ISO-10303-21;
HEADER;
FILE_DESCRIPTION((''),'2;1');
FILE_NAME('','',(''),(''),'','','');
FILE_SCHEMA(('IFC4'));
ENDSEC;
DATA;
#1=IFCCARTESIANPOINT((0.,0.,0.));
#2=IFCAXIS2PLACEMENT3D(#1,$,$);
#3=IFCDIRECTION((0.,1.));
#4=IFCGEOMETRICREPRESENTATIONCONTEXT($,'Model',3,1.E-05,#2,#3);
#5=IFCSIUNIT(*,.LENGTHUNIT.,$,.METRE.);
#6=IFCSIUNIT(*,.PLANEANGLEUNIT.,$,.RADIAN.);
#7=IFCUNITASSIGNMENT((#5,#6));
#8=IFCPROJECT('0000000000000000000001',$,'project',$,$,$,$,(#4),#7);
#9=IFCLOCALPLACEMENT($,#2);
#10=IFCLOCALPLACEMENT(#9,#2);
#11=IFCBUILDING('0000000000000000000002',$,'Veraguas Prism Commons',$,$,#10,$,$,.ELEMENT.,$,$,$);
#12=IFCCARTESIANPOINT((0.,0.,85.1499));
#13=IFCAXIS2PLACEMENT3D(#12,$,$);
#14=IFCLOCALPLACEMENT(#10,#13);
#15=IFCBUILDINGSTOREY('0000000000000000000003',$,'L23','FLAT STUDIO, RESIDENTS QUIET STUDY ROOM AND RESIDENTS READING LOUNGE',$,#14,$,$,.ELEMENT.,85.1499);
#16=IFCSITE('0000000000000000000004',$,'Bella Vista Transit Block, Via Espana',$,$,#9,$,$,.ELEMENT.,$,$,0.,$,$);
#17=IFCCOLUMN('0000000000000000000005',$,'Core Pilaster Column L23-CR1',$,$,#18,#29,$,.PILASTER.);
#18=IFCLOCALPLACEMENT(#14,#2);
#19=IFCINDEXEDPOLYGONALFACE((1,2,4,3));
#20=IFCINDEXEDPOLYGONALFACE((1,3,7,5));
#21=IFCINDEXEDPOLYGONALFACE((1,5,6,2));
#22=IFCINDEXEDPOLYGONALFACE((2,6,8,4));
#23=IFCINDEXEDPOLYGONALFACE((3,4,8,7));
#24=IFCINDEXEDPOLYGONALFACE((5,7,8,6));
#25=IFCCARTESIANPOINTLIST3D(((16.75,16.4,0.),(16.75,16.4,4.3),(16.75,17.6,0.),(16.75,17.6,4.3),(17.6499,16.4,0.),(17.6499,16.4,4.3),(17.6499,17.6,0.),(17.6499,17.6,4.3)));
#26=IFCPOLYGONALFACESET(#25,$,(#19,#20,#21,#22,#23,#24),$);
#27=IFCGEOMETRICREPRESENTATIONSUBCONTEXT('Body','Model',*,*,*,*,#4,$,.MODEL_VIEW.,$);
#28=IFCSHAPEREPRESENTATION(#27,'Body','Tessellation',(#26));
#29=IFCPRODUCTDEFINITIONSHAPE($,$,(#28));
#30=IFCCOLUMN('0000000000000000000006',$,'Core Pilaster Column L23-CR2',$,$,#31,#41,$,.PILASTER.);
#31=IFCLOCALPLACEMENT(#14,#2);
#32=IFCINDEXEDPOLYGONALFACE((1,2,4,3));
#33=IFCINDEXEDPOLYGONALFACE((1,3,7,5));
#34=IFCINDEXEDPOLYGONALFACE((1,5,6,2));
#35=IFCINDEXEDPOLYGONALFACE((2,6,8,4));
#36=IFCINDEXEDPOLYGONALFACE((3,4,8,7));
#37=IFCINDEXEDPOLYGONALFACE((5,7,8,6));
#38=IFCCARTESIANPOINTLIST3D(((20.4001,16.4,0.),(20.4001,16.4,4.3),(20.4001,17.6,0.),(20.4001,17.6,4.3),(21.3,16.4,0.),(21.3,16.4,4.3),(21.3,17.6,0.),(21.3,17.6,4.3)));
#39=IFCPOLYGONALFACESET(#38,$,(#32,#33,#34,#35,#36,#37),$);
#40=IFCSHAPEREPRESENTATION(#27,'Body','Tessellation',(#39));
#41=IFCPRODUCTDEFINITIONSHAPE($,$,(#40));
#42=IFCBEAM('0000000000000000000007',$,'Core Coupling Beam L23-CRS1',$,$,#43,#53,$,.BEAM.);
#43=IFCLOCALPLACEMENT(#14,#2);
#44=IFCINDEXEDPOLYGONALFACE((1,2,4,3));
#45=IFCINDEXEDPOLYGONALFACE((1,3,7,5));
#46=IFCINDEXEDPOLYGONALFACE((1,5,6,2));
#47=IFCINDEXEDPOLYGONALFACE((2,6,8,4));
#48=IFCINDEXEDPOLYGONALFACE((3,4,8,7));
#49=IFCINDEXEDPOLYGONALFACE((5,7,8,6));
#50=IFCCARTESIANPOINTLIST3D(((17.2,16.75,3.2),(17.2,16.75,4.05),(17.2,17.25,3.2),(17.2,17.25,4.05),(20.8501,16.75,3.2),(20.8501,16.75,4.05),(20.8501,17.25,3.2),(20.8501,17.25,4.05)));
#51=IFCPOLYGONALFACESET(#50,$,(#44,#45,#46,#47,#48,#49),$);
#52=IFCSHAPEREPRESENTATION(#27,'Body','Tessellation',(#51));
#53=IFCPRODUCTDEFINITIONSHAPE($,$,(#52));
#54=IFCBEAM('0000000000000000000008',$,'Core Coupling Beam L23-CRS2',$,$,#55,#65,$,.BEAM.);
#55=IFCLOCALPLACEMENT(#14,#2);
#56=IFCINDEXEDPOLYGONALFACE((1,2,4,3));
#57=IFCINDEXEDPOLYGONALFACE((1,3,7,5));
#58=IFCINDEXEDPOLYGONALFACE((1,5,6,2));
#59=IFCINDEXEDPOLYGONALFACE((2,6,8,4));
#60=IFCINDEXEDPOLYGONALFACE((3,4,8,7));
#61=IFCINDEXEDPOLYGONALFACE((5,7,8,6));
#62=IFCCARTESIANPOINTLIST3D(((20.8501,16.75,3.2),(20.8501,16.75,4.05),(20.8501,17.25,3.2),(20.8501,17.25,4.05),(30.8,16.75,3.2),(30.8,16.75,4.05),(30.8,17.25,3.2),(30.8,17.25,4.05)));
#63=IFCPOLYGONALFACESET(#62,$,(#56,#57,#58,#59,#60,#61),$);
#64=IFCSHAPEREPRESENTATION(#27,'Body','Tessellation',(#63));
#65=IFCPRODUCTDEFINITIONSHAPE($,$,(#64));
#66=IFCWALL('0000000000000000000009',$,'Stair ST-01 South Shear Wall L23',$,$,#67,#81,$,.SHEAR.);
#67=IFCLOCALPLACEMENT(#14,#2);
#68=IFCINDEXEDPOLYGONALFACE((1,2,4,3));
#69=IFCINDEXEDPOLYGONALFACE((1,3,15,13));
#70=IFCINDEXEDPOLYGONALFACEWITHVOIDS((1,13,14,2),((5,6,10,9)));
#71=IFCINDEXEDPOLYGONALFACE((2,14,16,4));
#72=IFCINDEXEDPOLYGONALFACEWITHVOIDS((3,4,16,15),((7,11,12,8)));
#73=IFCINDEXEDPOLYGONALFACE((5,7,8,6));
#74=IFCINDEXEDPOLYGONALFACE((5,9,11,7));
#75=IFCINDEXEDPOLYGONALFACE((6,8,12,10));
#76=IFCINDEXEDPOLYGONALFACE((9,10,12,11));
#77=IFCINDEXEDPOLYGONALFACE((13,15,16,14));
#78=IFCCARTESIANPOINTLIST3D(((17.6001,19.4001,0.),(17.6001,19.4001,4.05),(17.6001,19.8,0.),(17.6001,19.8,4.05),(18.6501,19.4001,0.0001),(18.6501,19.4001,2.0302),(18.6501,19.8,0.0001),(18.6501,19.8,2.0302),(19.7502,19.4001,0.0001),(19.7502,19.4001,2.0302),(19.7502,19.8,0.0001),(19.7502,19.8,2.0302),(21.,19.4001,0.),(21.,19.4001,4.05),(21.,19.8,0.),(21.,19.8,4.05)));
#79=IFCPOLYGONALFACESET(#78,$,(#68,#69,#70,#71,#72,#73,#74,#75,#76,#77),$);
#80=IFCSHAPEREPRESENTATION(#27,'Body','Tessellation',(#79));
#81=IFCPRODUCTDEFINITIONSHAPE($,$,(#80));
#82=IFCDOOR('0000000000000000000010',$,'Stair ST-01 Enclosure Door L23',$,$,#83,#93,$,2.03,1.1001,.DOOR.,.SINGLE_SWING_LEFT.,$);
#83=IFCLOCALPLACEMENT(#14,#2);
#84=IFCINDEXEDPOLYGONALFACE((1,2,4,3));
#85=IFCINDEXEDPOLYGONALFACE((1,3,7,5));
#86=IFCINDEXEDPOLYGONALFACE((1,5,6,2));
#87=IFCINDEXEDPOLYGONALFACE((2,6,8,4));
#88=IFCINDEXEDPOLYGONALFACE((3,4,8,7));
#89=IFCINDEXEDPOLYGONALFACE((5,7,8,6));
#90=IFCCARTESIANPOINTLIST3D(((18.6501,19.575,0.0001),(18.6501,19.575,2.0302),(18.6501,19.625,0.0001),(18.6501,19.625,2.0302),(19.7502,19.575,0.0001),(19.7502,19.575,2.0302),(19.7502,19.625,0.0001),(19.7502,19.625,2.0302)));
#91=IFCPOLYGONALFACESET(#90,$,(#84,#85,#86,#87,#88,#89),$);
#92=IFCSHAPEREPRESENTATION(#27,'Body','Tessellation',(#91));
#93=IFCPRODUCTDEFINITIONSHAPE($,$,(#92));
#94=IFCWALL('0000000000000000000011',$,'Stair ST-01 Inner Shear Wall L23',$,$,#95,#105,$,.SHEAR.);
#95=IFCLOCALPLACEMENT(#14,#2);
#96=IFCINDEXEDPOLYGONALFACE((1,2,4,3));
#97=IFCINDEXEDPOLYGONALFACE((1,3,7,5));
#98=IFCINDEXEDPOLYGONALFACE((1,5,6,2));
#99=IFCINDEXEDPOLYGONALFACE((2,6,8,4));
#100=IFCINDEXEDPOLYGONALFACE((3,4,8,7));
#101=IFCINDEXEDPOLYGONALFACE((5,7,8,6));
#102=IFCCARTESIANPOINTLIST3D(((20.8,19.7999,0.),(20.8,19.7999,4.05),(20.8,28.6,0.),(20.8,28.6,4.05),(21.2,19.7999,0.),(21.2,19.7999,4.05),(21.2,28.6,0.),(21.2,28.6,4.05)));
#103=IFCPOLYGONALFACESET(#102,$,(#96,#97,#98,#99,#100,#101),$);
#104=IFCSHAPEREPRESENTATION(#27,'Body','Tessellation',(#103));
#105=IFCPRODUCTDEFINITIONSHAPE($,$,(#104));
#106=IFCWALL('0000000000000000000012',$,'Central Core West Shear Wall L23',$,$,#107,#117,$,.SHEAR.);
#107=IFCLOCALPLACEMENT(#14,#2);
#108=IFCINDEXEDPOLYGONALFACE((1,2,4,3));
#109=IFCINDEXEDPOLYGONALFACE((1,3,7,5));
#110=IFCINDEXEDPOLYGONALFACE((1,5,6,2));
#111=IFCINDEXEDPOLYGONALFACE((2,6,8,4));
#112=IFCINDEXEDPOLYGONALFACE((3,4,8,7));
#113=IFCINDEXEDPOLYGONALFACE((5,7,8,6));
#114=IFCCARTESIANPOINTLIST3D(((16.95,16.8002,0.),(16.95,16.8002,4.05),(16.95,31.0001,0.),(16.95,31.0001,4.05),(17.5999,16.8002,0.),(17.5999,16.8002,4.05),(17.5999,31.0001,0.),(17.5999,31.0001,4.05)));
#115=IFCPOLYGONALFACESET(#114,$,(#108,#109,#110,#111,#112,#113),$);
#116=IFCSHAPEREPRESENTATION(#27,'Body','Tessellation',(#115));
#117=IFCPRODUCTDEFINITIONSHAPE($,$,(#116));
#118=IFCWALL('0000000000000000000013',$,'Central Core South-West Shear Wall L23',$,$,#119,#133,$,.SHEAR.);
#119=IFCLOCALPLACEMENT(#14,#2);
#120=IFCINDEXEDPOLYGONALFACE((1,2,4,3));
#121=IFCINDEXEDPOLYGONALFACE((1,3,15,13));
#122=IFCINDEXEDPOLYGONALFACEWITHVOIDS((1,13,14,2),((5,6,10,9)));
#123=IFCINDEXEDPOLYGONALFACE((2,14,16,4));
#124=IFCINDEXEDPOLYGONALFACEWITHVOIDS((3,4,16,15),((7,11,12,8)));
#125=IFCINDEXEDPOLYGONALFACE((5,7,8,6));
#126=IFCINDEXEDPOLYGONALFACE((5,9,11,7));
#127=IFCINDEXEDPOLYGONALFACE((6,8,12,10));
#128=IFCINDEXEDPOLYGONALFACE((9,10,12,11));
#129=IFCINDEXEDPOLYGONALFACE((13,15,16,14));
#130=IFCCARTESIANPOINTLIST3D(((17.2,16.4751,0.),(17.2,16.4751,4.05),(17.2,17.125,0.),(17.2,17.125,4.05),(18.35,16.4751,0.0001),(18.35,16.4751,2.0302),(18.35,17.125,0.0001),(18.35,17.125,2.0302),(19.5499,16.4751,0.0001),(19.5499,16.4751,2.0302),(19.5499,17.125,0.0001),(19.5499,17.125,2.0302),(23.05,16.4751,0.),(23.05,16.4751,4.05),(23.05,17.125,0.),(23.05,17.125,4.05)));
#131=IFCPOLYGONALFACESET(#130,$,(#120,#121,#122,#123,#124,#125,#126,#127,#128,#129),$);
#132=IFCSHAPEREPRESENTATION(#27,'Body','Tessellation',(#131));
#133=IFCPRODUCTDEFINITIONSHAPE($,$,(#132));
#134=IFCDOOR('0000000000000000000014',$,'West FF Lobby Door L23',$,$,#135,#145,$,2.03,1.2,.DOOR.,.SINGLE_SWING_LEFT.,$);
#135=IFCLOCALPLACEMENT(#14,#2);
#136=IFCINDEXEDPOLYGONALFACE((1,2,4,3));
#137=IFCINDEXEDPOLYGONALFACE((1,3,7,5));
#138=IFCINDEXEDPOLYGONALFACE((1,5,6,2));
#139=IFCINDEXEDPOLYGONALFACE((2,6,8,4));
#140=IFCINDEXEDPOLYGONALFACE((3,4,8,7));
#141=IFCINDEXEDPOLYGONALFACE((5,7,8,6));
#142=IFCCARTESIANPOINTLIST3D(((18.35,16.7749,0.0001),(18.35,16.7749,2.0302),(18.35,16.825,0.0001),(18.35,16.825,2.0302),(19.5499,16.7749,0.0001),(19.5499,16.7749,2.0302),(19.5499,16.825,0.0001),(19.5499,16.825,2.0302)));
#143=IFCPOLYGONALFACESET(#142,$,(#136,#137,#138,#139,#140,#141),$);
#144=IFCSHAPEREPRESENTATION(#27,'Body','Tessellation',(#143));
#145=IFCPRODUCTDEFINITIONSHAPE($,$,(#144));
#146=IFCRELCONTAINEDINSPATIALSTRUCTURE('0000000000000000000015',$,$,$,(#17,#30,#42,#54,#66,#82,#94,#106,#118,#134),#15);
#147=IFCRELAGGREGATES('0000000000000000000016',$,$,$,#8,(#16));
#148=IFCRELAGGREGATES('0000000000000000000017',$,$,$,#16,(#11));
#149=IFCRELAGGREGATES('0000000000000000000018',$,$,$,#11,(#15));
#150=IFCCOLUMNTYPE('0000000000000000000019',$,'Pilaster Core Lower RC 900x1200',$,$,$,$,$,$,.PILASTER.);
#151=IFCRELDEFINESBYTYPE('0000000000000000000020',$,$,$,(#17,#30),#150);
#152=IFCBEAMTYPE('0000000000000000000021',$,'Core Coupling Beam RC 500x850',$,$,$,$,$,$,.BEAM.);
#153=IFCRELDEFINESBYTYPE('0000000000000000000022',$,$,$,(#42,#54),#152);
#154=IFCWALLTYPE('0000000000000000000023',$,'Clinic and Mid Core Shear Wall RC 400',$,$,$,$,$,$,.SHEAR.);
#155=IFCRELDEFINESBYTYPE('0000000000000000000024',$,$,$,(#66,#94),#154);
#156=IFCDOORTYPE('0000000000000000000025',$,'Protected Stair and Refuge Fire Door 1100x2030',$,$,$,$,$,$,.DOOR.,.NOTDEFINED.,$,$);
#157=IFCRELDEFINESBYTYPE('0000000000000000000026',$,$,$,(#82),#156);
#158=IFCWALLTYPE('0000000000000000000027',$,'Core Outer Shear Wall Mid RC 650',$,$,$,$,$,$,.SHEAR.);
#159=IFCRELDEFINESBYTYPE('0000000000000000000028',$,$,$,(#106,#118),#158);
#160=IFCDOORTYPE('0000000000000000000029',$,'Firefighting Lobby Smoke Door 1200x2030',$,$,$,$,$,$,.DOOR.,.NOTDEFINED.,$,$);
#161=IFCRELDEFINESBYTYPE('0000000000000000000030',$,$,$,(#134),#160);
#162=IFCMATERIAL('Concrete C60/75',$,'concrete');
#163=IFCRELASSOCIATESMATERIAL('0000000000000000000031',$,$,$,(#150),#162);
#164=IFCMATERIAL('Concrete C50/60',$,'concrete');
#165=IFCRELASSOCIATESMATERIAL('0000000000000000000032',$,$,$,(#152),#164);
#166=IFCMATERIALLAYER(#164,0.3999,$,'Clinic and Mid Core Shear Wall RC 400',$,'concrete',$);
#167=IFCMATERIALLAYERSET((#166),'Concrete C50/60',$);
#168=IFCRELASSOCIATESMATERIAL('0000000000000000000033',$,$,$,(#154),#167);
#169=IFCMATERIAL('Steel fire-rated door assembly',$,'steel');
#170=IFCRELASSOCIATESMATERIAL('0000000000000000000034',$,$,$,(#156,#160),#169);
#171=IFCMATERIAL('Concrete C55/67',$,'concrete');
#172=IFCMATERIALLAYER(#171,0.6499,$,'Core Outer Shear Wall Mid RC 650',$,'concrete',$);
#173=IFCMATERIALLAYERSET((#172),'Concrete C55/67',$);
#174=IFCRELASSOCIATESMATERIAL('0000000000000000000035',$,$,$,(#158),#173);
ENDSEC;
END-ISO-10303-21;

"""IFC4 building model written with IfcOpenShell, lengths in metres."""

from ifc_helpers import new_model, si_unit, direction, frame, frame_2d, origin, origin_2d, place, context, subcontext, project, spatial, rectangle, extrude, source, transform, mapped, material, layer, layer_set, material_profile, profile_set, type_object, element, fill, save


model = new_model("IFC4")

# Units and contexts
model_context = context("Model", 3, precision=1e-05, world=origin(), true_north=direction((0.0, 1.0)))
body_context = subcontext(model_context, "Body", "Model", "MODEL_VIEW")
ifc_project = project(units=[si_unit("LENGTHUNIT", "METRE"), si_unit("PLANEANGLEUNIT", "RADIAN")], contexts=[model_context])

# Site, building, storey
site_placement = place(None, origin())
site = spatial("IfcSite", under=ifc_project, at=site_placement, Name="Bella Vista Transit Block, Via Espana", CompositionType="ELEMENT", RefElevation=0.0)
building_placement = place(site_placement, origin())
building = spatial("IfcBuilding", under=site, at=building_placement, Name="Veraguas Prism Commons", CompositionType="ELEMENT")
storey_placement = place(building_placement, frame((0.0, 0.0, 85.1499)))
storey = spatial("IfcBuildingStorey", under=building, at=storey_placement, Name="L23", Description="FLAT STUDIO, RESIDENTS QUIET STUDY ROOM AND RESIDENTS READING LOUNGE", CompositionType="ELEMENT", Elevation=85.1499)

# Columns
ifc_material_1 = material(Name="Concrete C60/75", Category="concrete")
ifc_material_profile_1 = material_profile(ifc_material_1, rectangle(XDim=0.8999, YDim=1.2, at=origin_2d()), Name="RC900X1200")
ifc_profile_set_1 = profile_set([ifc_material_profile_1], Name="Concrete C60/75")
column_type = type_object("IfcColumnType", Name="Pilaster Core Lower RC 900x1200", PredefinedType="PILASTER", material=ifc_profile_set_1)
for number, where, z_axis, x_axis, name in (
    (1, (17.2, 17.0, 0.0), (0.0, 0.0, 1.0), (1.0, 0.0, 0.0), "Core Pilaster Column L23-CR1"),
    (2, (20.8501, 17.0, 0.0), (0.0, 0.0, 1.0), (1.0, 0.0, 0.0), "Core Pilaster Column L23-CR2"),
):
    element("IfcColumn", number, at=place(storey_placement, frame(where, z_axis=z_axis, x_axis=x_axis)), inside=storey, type_object=column_type, Name=name, PredefinedType="PILASTER", context=body_context, shape_type="SweptSolid", body=[
        extrude(rectangle(XDim=0.8999, YDim=1.2, at=origin_2d()), origin(), (0.0, 0.0, 1.0), 4.3),
    ])

# Beams
ifc_material_2 = material(Name="Concrete C50/60", Category="concrete")
ifc_material_profile_2 = material_profile(ifc_material_2, rectangle(XDim=0.5, YDim=0.8501, at=origin_2d()), Name="RC500X850")
ifc_profile_set_2 = profile_set([ifc_material_profile_2], Name="Concrete C50/60")
beam_type = type_object("IfcBeamType", Name="Core Coupling Beam RC 500x850", PredefinedType="BEAM", material=ifc_profile_set_2)
beam_1_placement = place(storey_placement, frame((17.2, 17.0, 3.625), z_axis=(1.0, 0.0, 0.0), x_axis=(0.0, 1.0, 0.0)))
element("IfcBeam", 3, at=beam_1_placement, inside=storey, type_object=beam_type, Name="Core Coupling Beam L23-CRS1", PredefinedType="BEAM", context=body_context, shape_type="SweptSolid", body=[
    extrude(rectangle(XDim=0.5, YDim=0.8501, at=origin_2d()), origin(), (0.0, 0.0, 1.0), 3.6501),
])
beam_2_placement = place(storey_placement, frame((20.8501, 17.0, 3.625), z_axis=(1.0, 0.0, 0.0), x_axis=(0.0, 1.0, 0.0)))
element("IfcBeam", 4, at=beam_2_placement, inside=storey, type_object=beam_type, Name="Core Coupling Beam L23-CRS2", PredefinedType="BEAM", context=body_context, shape_type="SweptSolid", body=[
    extrude(rectangle(XDim=0.5, YDim=0.8501, at=origin_2d()), origin(), (0.0, 0.0, 1.0), 9.95),
])

# Wall, opening, door
ifc_layer_1 = layer(ifc_material_2, 0.3999, Name="Clinic and Mid Core Shear Wall RC 400", Category="concrete")
ifc_layer_set_1 = layer_set([ifc_layer_1], Name="Concrete C50/60")
wall_type_1 = type_object("IfcWallType", Name="Clinic and Mid Core Shear Wall RC 400", PredefinedType="SHEAR", material=ifc_layer_set_1)
wall_1_placement = place(storey_placement, frame((17.6001, 19.6001, 0.0), z_axis=(0.0, 0.0, 1.0), x_axis=(1.0, 0.0, 0.0)))
wall_1 = element("IfcWall", 5, at=wall_1_placement, inside=storey, type_object=wall_type_1, Name="Stair ST-01 South Shear Wall L23", PredefinedType="SHEAR", context=body_context, shape_type="SweptSolid", body=[
    extrude(rectangle(XDim=3.3999, YDim=0.3999, at=frame_2d((1.7, 0.0))), origin(), (0.0, 0.0, 1.0), 4.05),
])
opening_1_placement = place(wall_1_placement, frame((1.05, 0.0, 0.0)))
opening_1 = element("IfcOpeningElement", 6, at=opening_1_placement, cuts=wall_1, PredefinedType="OPENING", context=body_context, shape_type="SweptSolid", body=[
    extrude(rectangle(XDim=1.1001, YDim=2.03, at=frame_2d((0.55, 1.0151))), frame((0.0, 0.21, 0.0), z_axis=(0.0, -1.0, 0.0), x_axis=(1.0, 0.0, 0.0)), (0.0, 0.0, 1.0), 0.4199),
])
ifc_material_3 = material(Name="Steel fire-rated door assembly", Category="steel")
door_type_1 = type_object("IfcDoorType", Name="Protected Stair and Refuge Fire Door 1100x2030", OperationType="NOTDEFINED", PredefinedType="DOOR", material=ifc_material_3)
shared_shape_1 = source(origin(), body_context, "Body", "SweptSolid", [
    extrude(rectangle(XDim=1.1001, YDim=2.03, at=frame_2d((0.55, 1.0151))), frame((0.0, 0.0249, 0.0), z_axis=(0.0, -1.0, 0.0), x_axis=(1.0, 0.0, 0.0)), (0.0, 0.0, 1.0), 0.05),
])
door_1_placement = place(opening_1_placement, origin())
door_1 = element("IfcDoor", 7, at=door_1_placement, inside=storey, type_object=door_type_1, Name="Stair ST-01 Enclosure Door L23", OperationType="SINGLE_SWING_LEFT", OverallHeight=2.03, OverallWidth=1.1001, PredefinedType="DOOR", context=body_context, shape_type="MappedRepresentation", body=[
    mapped(shared_shape_1, transform((0.0, 0.0, 0.0), scale=1.0)),
])
fill(opening_1, door_1)

# Walls
wall_2_placement = place(storey_placement, frame((21.0, 19.8, 0.0), z_axis=(0.0, 0.0, 1.0), x_axis=(0.0, 1.0, 0.0)))
element("IfcWall", 8, at=wall_2_placement, inside=storey, type_object=wall_type_1, Name="Stair ST-01 Inner Shear Wall L23", PredefinedType="SHEAR", context=body_context, shape_type="SweptSolid", body=[
    extrude(rectangle(XDim=8.8, YDim=0.3999, at=frame_2d((4.3999, 0.0))), origin(), (0.0, 0.0, 1.0), 4.05),
])
ifc_material_4 = material(Name="Concrete C55/67", Category="concrete")
ifc_layer_2 = layer(ifc_material_4, 0.6499, Name="Core Outer Shear Wall Mid RC 650", Category="concrete")
ifc_layer_set_2 = layer_set([ifc_layer_2], Name="Concrete C55/67")
wall_type_2 = type_object("IfcWallType", Name="Core Outer Shear Wall Mid RC 650", PredefinedType="SHEAR", material=ifc_layer_set_2)
wall_3_placement = place(storey_placement, frame((17.2749, 16.8, 0.0), z_axis=(0.0, 0.0, 1.0), x_axis=(0.0, 1.0, 0.0)))
element("IfcWall", 9, at=wall_3_placement, inside=storey, type_object=wall_type_2, Name="Central Core West Shear Wall L23", PredefinedType="SHEAR", context=body_context, shape_type="SweptSolid", body=[
    extrude(rectangle(XDim=14.2, YDim=0.6499, at=frame_2d((7.1001, 0.0))), origin(), (0.0, 0.0, 1.0), 4.05),
])

# Wall, opening, door
wall_4_placement = place(storey_placement, frame((17.2, 16.8, 0.0), z_axis=(0.0, 0.0, 1.0), x_axis=(1.0, 0.0, 0.0)))
wall_4 = element("IfcWall", 10, at=wall_4_placement, inside=storey, type_object=wall_type_2, Name="Central Core South-West Shear Wall L23", PredefinedType="SHEAR", context=body_context, shape_type="SweptSolid", body=[
    extrude(rectangle(XDim=5.8501, YDim=0.6499, at=frame_2d((2.925, 0.0))), origin(), (0.0, 0.0, 1.0), 4.05),
])
opening_2_placement = place(wall_4_placement, frame((1.1499, 0.0, 0.0)))
opening_2 = element("IfcOpeningElement", 11, at=opening_2_placement, cuts=wall_4, PredefinedType="OPENING", context=body_context, shape_type="SweptSolid", body=[
    extrude(rectangle(XDim=1.2, YDim=2.03, at=frame_2d((0.6001, 1.0151))), frame((0.0, 0.335, 0.0), z_axis=(0.0, -1.0, 0.0), x_axis=(1.0, 0.0, 0.0)), (0.0, 0.0, 1.0), 0.6699),
])
door_type_2 = type_object("IfcDoorType", Name="Firefighting Lobby Smoke Door 1200x2030", OperationType="NOTDEFINED", PredefinedType="DOOR", material=ifc_material_3)
shared_shape_2 = source(origin(), body_context, "Body", "SweptSolid", [
    extrude(rectangle(XDim=1.2, YDim=2.03, at=frame_2d((0.6001, 1.0151))), frame((0.0, 0.0249, 0.0), z_axis=(0.0, -1.0, 0.0), x_axis=(1.0, 0.0, 0.0)), (0.0, 0.0, 1.0), 0.05),
])
door_2_placement = place(opening_2_placement, origin())
door_2 = element("IfcDoor", 12, at=door_2_placement, inside=storey, type_object=door_type_2, Name="West FF Lobby Door L23", OperationType="SINGLE_SWING_LEFT", OverallHeight=2.03, OverallWidth=1.2, PredefinedType="DOOR", context=body_context, shape_type="MappedRepresentation", body=[
    mapped(shared_shape_2, transform((0.0, 0.0, 0.0), scale=1.0)),
])
fill(opening_2, door_2)

save(model, "model.ifc")
